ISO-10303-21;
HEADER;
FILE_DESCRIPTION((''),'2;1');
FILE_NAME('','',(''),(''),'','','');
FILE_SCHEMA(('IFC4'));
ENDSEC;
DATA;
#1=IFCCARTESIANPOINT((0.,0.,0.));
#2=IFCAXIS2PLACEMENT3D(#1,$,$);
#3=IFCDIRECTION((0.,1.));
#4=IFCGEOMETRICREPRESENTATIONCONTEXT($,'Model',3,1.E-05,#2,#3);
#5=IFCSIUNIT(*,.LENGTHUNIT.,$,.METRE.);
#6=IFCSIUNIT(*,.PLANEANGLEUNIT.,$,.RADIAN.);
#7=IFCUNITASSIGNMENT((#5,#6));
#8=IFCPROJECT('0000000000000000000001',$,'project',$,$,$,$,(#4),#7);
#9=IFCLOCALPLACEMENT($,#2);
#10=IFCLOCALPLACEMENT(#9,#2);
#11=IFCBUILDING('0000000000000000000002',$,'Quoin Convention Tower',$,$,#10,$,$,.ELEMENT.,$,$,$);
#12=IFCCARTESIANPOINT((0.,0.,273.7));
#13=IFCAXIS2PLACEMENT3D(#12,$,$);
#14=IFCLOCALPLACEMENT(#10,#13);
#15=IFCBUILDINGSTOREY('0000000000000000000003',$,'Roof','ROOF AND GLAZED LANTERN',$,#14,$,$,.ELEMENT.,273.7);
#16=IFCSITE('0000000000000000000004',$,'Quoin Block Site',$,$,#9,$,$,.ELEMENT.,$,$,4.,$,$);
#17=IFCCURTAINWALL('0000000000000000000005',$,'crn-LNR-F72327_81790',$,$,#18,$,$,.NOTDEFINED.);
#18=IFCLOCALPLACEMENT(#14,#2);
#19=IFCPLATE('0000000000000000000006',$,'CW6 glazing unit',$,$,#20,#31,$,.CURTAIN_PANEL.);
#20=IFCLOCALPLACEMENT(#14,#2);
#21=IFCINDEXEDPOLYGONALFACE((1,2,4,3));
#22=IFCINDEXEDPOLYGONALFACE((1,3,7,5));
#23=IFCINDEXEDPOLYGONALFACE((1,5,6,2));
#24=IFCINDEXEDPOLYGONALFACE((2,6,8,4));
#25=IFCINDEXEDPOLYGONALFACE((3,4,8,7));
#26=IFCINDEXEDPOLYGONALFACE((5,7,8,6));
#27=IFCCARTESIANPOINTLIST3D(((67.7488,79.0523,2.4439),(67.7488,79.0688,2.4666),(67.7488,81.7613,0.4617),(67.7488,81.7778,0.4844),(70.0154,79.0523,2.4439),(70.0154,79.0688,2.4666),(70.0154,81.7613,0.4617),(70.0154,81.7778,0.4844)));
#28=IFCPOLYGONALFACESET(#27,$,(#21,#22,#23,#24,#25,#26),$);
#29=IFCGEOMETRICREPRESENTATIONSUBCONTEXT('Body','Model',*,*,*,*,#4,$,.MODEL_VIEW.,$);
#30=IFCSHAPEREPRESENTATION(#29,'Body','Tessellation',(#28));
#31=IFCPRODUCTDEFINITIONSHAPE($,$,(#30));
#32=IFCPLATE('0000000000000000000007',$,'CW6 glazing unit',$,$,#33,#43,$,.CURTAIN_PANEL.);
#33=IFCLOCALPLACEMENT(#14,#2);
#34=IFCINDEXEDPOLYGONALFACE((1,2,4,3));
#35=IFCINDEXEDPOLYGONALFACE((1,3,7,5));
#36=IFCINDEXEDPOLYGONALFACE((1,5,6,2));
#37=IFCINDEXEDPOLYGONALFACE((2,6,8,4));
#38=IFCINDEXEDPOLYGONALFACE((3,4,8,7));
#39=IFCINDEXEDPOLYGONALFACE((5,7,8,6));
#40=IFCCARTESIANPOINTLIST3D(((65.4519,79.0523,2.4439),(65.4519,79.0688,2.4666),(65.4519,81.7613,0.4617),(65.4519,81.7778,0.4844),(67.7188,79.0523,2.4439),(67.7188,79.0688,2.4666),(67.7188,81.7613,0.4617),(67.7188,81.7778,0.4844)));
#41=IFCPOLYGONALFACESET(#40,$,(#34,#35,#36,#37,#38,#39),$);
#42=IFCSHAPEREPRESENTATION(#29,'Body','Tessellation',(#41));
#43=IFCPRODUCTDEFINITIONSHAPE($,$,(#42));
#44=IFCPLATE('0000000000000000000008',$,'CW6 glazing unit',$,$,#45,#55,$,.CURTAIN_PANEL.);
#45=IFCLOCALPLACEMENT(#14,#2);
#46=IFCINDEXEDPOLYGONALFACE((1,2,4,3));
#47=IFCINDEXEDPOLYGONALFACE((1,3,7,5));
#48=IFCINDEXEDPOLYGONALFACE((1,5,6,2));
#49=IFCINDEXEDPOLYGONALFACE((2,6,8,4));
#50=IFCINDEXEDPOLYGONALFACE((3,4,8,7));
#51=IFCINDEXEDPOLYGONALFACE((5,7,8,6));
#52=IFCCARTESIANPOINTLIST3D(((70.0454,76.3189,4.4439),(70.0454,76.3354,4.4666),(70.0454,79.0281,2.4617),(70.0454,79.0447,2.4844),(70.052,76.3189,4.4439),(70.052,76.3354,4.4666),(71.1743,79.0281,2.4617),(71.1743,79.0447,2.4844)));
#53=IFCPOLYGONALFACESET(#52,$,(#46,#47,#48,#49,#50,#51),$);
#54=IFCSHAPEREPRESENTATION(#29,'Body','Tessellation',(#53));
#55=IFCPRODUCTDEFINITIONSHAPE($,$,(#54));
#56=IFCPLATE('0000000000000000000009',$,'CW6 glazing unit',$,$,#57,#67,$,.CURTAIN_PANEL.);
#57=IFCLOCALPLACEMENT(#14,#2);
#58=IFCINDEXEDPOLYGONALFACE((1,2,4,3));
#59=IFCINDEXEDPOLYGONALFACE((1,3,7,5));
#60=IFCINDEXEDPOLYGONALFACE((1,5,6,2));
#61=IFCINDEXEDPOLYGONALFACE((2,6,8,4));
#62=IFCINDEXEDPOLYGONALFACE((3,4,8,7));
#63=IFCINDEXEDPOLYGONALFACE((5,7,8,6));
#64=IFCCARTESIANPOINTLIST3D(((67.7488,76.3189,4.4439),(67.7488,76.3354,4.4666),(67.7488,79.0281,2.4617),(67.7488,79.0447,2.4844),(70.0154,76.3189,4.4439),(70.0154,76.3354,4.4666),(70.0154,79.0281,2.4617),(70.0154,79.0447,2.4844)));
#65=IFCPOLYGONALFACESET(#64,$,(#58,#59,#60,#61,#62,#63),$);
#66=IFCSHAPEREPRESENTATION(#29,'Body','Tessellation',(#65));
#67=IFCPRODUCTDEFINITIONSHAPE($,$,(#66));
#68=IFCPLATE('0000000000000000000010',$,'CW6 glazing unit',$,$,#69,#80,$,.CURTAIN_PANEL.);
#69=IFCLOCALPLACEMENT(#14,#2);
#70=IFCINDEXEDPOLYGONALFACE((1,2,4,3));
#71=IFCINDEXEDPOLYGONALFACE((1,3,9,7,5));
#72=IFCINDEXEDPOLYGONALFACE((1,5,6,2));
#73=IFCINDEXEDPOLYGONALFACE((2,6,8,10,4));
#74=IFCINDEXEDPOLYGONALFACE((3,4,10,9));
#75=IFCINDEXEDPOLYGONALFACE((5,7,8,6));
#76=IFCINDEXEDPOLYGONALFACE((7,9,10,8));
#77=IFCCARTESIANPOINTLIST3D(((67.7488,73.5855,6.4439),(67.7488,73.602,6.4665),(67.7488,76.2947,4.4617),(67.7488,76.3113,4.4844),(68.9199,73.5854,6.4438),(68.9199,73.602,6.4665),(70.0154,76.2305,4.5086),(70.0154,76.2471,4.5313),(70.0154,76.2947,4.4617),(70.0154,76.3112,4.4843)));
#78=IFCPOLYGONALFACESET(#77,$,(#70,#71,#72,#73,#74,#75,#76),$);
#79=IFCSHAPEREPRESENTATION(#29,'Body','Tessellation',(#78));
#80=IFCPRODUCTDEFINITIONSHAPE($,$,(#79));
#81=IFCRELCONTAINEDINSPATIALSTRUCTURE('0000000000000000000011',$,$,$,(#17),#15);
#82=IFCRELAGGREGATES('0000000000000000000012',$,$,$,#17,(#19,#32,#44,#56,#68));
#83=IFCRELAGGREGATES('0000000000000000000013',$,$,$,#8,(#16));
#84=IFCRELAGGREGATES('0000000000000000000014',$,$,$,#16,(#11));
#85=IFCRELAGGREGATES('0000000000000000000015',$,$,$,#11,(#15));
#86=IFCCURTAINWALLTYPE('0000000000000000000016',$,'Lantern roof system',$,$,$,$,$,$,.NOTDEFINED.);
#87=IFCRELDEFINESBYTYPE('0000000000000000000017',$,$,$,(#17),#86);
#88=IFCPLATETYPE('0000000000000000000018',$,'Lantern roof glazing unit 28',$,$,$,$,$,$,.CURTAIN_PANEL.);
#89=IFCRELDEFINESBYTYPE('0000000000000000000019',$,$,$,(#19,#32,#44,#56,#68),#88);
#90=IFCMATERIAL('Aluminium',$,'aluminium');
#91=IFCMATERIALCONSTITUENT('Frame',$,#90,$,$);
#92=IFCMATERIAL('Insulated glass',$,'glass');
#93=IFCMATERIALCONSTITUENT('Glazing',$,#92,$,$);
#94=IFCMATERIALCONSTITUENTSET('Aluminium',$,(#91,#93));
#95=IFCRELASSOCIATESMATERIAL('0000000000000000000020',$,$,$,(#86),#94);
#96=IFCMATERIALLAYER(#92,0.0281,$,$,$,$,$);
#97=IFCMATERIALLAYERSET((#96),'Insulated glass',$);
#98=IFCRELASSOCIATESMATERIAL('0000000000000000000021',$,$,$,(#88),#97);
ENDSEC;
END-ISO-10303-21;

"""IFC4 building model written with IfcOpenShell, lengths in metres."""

from ifc_helpers import new_model, si_unit, direction, frame, origin, place, context, subcontext, project, spatial, polyline, outline, extrude, material, layer, layer_set, constituent, constituent_set, type_object, element, aggregate, save


model = new_model("IFC4")

# Units and contexts
model_context = context("Model", 3, precision=1e-05, world=origin(), true_north=direction((0.0, 1.0)))
body_context = subcontext(model_context, "Body", "Model", "MODEL_VIEW")
ifc_project = project(units=[si_unit("LENGTHUNIT", "METRE"), si_unit("PLANEANGLEUNIT", "RADIAN")], contexts=[model_context])

# Site, building, storey
site_placement = place(None, origin())
site = spatial("IfcSite", under=ifc_project, at=site_placement, Name="Quoin Block Site", CompositionType="ELEMENT", RefElevation=4.0)
building_placement = place(site_placement, origin())
building = spatial("IfcBuilding", under=site, at=building_placement, Name="Quoin Convention Tower", CompositionType="ELEMENT")
storey_placement = place(building_placement, frame((0.0, 0.0, 273.7)))
storey = spatial("IfcBuildingStorey", under=building, at=storey_placement, Name="Roof", Description="ROOF AND GLAZED LANTERN", CompositionType="ELEMENT", Elevation=273.7)

# Curtain wall
ifc_material_1 = material(Name="Aluminium", Category="aluminium")
ifc_constituent_1 = constituent(ifc_material_1, Name="Frame")
ifc_material_2 = material(Name="Insulated glass", Category="glass")
ifc_constituent_2 = constituent(ifc_material_2, Name="Glazing")
ifc_constituent_set = constituent_set(constituents=[ifc_constituent_1, ifc_constituent_2], Name="Aluminium")
curtain_wall_type = type_object("IfcCurtainWallType", Name="Lantern roof system", PredefinedType="NOTDEFINED", material=ifc_constituent_set)
curtain_wall_1_placement = place(storey_placement, origin())
curtain_wall_1 = element("IfcCurtainWall", 1, at=curtain_wall_1_placement, inside=storey, type_object=curtain_wall_type, Name="crn-LNR-F72327_81790", PredefinedType="NOTDEFINED")

# Plates
ifc_layer = layer(ifc_material_2, 0.0281)
ifc_layer_set = layer_set([ifc_layer], Name="Insulated glass")
plate_type = type_object("IfcPlateType", Name="Lantern roof glazing unit 28", PredefinedType="CURTAIN_PANEL", material=ifc_layer_set)
plate_1_placement = place(storey_placement, frame((70.0154, 79.0688, 2.4666), z_axis=(0.0, 0.590509, 0.807031), x_axis=(-1.0, 0.0, 0.0)))
plate_1 = element("IfcPlate", 2, at=plate_1_placement, type_object=plate_type, Name="CW6 glazing unit", PredefinedType="CURTAIN_PANEL", context=body_context, shape_type="SweptSolid", body=[
    extrude(outline(polyline([(0.0, 0.0), (2.2666, 0.0), (2.2666, -3.3567), (0.0, -3.3567), (0.0, 0.0)])), origin(), (0.0, 0.0, -1.0), 0.0281),
])
plate_2_placement = place(storey_placement, frame((67.7188, 79.0688, 2.4666), z_axis=(0.0, 0.590509, 0.807031), x_axis=(-1.0, 0.0, 0.0)))
plate_2 = element("IfcPlate", 3, at=plate_2_placement, type_object=plate_type, Name="CW6 glazing unit", PredefinedType="CURTAIN_PANEL", context=body_context, shape_type="SweptSolid", body=[
    extrude(outline(polyline([(0.0, 0.0), (2.2668, 0.0), (2.2668, -3.3567), (0.0, -3.3567), (0.0, 0.0)])), origin(), (0.0, 0.0, -1.0), 0.0281),
])
plate_3_placement = place(storey_placement, frame((70.0454, 76.3354, 4.4666), z_axis=(0.0, 0.590474, 0.807057), x_axis=(0.0, 0.807057, -0.590474)))
plate_3 = element("IfcPlate", 4, at=plate_3_placement, type_object=plate_type, Name="CW6 glazing unit", PredefinedType="CURTAIN_PANEL", context=body_context, shape_type="SweptSolid", body=[
    extrude(outline(polyline([(0.0, 0.0), (3.3569, 0.0), (3.3569, -1.1289), (0.0, -0.0066), (0.0, 0.0)])), origin(), (0.0, 0.0, -1.0), 0.0281),
])
plate_4_placement = place(storey_placement, frame((70.0154, 79.0447, 2.4844), z_axis=(0.0, 0.590474, 0.807057), x_axis=(0.0, -0.807057, 0.590474)))
plate_4 = element("IfcPlate", 5, at=plate_4_placement, type_object=plate_type, Name="CW6 glazing unit", PredefinedType="CURTAIN_PANEL", context=body_context, shape_type="SweptSolid", body=[
    extrude(outline(polyline([(0.0, 0.0), (3.3569, 0.0), (3.3569, -2.2666), (0.0, -2.2666), (0.0, 0.0)])), origin(), (0.0, 0.0, -1.0), 0.0281),
])
plate_5_placement = place(storey_placement, frame((67.7488, 76.3113, 4.4844), z_axis=(0.000024, 0.590468, 0.807061), x_axis=(1.0, -0.000014, -0.000019)))
plate_5 = element("IfcPlate", 6, at=plate_5_placement, type_object=plate_type, Name="CW6 glazing unit", PredefinedType="CURTAIN_PANEL", context=body_context, shape_type="SweptSolid", body=[
    extrude(outline(polyline([(0.0, 0.0), (2.2666, 0.0), (2.2666, -0.0795), (1.1711, -3.3569), (0.0, -3.3569), (0.0, 0.0)])), origin(), (0.0, 0.0, -1.0), 0.0281),
])
aggregate(curtain_wall_1, [plate_1, plate_2, plate_3, plate_4, plate_5])

save(model, "model.ifc")
